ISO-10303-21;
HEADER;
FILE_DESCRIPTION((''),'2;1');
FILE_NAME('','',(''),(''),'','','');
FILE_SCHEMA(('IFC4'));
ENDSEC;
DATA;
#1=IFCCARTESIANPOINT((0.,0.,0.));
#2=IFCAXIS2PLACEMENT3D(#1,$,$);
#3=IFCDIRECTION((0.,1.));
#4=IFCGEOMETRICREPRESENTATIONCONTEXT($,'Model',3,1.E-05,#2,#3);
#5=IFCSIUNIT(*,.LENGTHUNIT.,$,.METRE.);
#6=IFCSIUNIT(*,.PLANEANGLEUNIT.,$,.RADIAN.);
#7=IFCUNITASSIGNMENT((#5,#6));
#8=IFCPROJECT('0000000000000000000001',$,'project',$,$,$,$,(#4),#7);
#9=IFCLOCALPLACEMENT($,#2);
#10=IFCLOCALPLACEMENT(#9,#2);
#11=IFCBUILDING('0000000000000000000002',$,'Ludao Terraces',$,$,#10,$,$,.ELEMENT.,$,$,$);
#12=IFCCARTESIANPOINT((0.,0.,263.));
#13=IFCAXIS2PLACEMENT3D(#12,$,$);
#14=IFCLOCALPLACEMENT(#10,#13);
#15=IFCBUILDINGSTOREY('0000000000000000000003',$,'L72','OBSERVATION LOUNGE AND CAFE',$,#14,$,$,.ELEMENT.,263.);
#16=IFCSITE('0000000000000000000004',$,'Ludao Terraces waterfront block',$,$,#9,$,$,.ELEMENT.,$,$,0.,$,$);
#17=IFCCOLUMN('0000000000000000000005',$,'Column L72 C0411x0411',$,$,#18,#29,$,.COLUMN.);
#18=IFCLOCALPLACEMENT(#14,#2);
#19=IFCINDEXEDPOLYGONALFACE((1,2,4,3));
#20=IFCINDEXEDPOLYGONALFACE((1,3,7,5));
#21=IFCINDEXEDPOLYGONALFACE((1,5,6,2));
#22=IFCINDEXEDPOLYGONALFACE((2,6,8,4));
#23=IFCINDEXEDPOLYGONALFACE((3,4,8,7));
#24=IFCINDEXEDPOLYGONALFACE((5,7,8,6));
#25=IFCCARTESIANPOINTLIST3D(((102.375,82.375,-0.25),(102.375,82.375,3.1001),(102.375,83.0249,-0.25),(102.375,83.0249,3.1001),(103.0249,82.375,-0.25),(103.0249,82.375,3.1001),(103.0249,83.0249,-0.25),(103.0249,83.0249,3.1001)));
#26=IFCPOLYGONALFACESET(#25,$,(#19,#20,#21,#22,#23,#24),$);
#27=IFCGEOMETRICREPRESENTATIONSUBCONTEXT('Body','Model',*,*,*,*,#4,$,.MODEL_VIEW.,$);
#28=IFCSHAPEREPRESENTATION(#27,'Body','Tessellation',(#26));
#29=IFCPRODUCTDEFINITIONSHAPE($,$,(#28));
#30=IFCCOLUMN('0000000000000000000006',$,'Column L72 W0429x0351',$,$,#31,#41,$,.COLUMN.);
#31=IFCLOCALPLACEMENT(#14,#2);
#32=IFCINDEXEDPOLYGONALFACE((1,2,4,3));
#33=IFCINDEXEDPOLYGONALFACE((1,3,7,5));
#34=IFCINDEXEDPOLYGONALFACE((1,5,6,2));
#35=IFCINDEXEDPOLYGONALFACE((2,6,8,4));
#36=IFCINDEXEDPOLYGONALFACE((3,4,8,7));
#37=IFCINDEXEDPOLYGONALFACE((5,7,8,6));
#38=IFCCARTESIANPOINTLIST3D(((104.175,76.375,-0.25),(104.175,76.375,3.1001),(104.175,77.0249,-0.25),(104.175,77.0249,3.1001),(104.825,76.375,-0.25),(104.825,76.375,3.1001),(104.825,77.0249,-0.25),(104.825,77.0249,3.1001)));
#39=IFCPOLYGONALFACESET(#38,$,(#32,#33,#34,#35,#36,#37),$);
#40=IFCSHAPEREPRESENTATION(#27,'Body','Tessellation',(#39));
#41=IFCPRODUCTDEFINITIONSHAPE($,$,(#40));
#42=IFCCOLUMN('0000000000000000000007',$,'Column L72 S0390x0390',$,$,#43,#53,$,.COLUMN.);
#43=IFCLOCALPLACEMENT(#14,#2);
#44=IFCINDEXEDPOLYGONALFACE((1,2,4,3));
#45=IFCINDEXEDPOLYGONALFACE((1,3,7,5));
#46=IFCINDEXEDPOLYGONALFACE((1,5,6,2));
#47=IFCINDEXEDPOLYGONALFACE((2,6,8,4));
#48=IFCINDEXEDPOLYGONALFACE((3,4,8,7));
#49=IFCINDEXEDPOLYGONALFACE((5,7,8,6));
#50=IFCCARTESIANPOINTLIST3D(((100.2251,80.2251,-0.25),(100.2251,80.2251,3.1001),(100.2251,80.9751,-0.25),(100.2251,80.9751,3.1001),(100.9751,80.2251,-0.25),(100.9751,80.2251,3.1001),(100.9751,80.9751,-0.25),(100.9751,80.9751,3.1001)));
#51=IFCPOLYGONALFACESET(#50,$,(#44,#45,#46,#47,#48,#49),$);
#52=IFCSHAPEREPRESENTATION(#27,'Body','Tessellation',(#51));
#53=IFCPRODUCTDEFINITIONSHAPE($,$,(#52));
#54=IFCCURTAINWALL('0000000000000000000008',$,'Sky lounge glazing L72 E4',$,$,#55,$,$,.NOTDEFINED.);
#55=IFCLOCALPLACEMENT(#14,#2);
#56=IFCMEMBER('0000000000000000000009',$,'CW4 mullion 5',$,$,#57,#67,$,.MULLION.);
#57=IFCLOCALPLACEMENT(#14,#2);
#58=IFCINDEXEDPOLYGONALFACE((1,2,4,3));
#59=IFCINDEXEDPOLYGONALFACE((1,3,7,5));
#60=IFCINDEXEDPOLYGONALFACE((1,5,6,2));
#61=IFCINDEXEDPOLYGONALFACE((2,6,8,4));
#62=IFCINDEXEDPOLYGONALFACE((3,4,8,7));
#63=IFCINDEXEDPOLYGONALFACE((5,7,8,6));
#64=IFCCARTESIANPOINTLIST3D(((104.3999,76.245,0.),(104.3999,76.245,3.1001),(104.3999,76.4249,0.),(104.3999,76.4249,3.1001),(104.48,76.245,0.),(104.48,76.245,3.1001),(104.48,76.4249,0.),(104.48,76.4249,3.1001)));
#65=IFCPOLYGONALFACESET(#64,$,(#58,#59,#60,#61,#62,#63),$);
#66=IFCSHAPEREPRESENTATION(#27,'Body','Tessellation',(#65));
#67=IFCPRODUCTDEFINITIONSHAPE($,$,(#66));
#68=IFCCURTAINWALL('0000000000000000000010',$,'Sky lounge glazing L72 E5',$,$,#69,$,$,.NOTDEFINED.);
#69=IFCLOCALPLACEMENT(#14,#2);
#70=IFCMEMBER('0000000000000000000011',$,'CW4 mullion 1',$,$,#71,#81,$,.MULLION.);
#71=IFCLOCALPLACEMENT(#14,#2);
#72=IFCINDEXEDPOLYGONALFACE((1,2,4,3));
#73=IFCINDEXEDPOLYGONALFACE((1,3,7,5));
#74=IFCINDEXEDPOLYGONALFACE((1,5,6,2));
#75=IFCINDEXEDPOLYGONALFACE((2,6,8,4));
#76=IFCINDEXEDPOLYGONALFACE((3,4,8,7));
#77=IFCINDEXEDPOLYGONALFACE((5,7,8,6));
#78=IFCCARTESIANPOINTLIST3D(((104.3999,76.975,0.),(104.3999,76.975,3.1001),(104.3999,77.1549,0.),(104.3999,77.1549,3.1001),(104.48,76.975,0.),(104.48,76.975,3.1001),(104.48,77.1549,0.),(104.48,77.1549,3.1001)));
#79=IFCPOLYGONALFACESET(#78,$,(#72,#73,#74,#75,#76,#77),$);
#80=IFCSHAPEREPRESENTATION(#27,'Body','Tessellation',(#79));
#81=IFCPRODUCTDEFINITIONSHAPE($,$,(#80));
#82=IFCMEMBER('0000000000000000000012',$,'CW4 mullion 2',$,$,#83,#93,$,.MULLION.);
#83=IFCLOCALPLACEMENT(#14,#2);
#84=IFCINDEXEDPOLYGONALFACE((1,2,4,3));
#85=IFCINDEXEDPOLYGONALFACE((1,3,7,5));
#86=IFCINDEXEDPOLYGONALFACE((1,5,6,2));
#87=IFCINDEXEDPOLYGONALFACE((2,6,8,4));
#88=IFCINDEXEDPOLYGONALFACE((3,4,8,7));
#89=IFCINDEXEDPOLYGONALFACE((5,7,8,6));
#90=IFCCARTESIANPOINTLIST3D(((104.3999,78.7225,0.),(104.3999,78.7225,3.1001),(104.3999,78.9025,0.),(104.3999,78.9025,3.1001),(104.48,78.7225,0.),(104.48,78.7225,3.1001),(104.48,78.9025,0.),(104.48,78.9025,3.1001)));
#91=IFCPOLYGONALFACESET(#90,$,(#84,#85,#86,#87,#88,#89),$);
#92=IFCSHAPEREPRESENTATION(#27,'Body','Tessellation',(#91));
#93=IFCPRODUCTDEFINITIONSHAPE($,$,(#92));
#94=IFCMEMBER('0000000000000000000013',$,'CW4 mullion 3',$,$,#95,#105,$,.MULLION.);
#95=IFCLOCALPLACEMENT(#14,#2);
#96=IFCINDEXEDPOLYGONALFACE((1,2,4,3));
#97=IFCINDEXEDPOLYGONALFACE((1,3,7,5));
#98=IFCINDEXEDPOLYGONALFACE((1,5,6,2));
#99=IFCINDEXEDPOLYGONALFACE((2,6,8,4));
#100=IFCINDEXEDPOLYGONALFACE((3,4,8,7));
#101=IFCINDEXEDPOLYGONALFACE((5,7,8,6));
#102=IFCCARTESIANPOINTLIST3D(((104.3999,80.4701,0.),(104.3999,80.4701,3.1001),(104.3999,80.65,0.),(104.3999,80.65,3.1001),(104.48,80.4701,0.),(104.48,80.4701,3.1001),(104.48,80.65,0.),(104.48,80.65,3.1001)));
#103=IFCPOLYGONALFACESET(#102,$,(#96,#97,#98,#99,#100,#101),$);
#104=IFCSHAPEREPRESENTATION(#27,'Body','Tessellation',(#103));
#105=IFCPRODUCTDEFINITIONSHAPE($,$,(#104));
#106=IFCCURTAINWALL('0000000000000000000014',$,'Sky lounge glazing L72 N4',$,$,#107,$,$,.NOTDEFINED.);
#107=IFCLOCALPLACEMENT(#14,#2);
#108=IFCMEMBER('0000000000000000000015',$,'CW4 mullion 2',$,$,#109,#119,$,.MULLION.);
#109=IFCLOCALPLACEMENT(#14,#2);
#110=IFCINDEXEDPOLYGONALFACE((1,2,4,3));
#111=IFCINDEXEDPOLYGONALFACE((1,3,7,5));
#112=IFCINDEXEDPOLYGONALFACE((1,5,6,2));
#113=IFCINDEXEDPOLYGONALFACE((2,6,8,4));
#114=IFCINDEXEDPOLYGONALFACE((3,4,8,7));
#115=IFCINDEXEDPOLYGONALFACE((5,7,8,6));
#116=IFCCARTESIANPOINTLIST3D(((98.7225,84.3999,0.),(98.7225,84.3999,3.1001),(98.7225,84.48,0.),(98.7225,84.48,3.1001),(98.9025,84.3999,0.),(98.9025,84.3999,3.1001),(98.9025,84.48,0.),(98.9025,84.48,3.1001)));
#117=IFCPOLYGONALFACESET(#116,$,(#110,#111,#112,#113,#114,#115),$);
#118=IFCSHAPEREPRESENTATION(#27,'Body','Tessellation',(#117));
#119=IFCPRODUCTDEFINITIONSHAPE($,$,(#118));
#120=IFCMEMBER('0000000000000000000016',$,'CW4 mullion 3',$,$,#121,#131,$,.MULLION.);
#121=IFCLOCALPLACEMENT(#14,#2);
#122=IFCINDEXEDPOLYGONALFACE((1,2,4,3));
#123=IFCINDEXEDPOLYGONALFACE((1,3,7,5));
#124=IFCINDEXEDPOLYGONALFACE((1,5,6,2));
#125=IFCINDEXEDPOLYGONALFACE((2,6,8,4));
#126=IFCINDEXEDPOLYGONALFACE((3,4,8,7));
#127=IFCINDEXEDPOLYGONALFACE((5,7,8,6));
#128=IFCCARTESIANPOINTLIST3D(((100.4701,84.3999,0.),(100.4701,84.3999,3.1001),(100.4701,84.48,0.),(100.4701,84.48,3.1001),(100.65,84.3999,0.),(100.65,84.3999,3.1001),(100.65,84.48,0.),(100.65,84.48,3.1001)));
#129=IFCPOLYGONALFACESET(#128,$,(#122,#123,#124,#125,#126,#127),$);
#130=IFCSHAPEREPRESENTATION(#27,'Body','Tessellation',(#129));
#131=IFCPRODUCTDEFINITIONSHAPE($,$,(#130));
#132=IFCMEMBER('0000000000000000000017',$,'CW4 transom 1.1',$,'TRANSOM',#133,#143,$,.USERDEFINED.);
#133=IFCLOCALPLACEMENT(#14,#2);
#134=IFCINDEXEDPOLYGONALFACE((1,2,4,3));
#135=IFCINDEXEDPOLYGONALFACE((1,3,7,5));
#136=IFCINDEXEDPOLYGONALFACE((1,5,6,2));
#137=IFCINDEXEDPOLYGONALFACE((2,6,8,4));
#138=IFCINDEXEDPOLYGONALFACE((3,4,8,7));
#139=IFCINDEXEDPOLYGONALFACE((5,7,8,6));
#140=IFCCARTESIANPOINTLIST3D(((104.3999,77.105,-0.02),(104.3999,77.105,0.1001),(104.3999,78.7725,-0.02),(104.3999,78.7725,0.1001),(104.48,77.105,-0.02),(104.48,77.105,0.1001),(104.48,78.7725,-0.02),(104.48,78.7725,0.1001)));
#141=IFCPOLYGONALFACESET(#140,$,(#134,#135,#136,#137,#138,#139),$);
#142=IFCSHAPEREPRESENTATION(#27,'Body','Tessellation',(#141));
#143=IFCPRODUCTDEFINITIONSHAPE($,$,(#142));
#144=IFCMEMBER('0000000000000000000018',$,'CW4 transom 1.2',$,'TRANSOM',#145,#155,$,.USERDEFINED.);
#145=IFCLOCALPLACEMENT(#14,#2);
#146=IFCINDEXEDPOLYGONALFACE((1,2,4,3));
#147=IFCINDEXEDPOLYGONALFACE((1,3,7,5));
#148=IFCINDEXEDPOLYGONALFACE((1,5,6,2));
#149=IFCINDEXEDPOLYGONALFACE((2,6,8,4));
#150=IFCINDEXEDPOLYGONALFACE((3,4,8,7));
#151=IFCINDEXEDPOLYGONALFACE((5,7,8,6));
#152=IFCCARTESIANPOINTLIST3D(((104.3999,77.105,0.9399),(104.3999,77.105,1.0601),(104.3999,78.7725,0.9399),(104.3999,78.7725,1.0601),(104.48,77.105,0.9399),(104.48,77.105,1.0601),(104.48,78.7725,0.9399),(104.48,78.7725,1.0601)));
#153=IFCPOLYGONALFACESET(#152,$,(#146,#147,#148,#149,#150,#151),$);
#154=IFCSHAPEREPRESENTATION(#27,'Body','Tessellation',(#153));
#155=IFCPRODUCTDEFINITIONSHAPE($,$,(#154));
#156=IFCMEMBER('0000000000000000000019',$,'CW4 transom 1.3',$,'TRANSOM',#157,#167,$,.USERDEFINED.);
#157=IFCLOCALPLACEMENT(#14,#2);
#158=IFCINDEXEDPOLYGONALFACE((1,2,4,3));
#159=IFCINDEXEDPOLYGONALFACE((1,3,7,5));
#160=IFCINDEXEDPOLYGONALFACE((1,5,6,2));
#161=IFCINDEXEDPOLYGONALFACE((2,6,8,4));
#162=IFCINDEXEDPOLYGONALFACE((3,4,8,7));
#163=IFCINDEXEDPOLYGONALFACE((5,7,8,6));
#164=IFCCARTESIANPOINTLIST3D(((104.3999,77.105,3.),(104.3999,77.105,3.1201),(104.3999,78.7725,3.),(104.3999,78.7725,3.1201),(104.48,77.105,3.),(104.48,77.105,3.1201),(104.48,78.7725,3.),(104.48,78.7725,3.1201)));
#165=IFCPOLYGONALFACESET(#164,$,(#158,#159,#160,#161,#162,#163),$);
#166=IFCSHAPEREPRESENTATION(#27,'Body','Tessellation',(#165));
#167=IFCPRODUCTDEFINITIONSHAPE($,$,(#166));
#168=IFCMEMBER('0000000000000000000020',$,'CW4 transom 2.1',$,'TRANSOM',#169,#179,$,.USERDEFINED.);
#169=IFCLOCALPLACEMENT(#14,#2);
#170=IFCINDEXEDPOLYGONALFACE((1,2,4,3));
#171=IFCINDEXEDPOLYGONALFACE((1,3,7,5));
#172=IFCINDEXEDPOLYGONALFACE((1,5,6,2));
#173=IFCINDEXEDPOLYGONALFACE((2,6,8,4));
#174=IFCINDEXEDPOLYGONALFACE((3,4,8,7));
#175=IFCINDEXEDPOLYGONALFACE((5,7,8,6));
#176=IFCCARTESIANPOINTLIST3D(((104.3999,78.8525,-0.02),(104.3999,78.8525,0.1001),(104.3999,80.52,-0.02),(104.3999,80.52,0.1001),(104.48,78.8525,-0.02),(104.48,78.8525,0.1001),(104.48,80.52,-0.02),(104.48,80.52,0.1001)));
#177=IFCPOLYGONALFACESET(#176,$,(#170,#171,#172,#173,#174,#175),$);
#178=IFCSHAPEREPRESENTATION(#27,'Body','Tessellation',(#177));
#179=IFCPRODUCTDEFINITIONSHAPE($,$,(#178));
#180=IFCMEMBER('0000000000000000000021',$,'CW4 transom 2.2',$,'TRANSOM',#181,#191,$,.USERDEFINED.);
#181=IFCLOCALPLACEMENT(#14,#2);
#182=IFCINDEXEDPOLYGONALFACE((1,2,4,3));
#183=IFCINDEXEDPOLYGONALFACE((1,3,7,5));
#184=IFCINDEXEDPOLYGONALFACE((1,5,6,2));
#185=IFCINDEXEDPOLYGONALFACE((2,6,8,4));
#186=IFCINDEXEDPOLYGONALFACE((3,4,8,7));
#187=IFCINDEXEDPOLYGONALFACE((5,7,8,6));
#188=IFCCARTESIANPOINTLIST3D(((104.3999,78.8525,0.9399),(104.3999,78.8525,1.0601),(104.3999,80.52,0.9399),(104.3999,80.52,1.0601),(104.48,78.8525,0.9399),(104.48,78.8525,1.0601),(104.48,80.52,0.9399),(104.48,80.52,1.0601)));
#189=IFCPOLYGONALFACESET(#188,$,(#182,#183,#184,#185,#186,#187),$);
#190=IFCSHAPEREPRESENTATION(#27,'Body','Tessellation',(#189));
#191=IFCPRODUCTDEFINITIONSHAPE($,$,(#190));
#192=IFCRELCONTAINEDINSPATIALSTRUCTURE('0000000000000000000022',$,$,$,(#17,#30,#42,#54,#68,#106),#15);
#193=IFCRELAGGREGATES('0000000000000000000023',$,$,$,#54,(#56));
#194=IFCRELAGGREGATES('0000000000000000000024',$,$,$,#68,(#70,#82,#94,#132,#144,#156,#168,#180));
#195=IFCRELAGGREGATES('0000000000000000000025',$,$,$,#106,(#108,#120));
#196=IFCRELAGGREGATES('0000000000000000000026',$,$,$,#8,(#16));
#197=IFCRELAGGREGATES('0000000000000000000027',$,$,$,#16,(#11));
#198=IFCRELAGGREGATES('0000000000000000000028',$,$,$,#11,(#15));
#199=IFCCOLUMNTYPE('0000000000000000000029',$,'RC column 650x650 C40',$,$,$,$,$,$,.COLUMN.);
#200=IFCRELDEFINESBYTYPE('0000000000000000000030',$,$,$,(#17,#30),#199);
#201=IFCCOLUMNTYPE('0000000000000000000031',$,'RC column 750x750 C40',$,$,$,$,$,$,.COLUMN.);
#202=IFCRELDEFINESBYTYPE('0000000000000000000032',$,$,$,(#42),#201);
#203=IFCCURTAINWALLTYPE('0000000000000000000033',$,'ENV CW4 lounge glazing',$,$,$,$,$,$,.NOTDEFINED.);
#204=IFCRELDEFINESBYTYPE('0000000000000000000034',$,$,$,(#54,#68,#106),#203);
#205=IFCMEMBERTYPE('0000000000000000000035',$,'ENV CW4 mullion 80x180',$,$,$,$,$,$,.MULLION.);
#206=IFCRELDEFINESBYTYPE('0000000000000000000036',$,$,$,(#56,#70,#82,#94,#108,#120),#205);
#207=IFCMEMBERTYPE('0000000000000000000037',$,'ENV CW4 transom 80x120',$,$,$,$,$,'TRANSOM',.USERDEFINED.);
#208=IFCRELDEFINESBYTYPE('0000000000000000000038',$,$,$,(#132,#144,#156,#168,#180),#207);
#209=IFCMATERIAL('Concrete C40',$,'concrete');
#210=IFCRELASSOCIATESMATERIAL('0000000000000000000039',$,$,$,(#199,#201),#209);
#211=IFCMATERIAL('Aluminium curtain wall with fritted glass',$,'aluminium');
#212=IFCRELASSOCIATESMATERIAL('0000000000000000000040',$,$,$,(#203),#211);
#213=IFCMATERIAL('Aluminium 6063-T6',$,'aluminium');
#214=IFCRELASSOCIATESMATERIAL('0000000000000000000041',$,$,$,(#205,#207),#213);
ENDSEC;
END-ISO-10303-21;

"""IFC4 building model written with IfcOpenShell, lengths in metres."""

from ifc_helpers import new_model, si_unit, direction, frame, origin, origin_2d, place, context, subcontext, project, spatial, rectangle, extrude, material, material_profile, profile_set, type_object, element, aggregate, save


model = new_model("IFC4")

# Units and contexts
model_context = context("Model", 3, precision=1e-05, world=origin(), true_north=direction((0.0, 1.0)))
body_context = subcontext(model_context, "Body", "Model", "MODEL_VIEW")
ifc_project = project(units=[si_unit("LENGTHUNIT", "METRE"), si_unit("PLANEANGLEUNIT", "RADIAN")], contexts=[model_context])

# Site, building, storey
site_placement = place(None, origin())
site = spatial("IfcSite", under=ifc_project, at=site_placement, Name="Ludao Terraces waterfront block", CompositionType="ELEMENT", RefElevation=0.0)
building_placement = place(site_placement, origin())
building = spatial("IfcBuilding", under=site, at=building_placement, Name="Ludao Terraces", CompositionType="ELEMENT")
storey_placement = place(building_placement, frame((0.0, 0.0, 263.0)))
storey = spatial("IfcBuildingStorey", under=building, at=storey_placement, Name="L72", Description="OBSERVATION LOUNGE AND CAFE", CompositionType="ELEMENT", Elevation=263.0)

# Columns
ifc_material_1 = material(Name="Concrete C40", Category="concrete")
ifc_material_profile_1 = material_profile(ifc_material_1, rectangle(XDim=0.6499, YDim=0.6499, at=origin_2d()), Name="650 X 650")
ifc_profile_set_1 = profile_set([ifc_material_profile_1], Name="Concrete C40")
column_type_1 = type_object("IfcColumnType", Name="RC column 650x650 C40", PredefinedType="COLUMN", material=ifc_profile_set_1)
for number, where, z_axis, x_axis, name in (
    (1, (102.7, 82.7, -0.25), (0.0, 0.0, 1.0), (1.0, 0.0, 0.0), "Column L72 C0411x0411"),
    (2, (104.5, 76.7, -0.25), (0.0, 0.0, 1.0), (1.0, 0.0, 0.0), "Column L72 W0429x0351"),
):
    element("IfcColumn", number, at=place(storey_placement, frame(where, z_axis=z_axis, x_axis=x_axis)), inside=storey, type_object=column_type_1, Name=name, PredefinedType="COLUMN", context=body_context, shape_type="SweptSolid", body=[
        extrude(rectangle(XDim=0.6499, YDim=0.6499, at=origin_2d()), origin(), (0.0, 0.0, 1.0), 3.3501),
    ])
ifc_material_profile_2 = material_profile(ifc_material_1, rectangle(XDim=0.75, YDim=0.75, at=origin_2d()), Name="750 X 750")
ifc_profile_set_2 = profile_set([ifc_material_profile_2], Name="Concrete C40")
column_type_2 = type_object("IfcColumnType", Name="RC column 750x750 C40", PredefinedType="COLUMN", material=ifc_profile_set_2)
column_placement = place(storey_placement, frame((100.6001, 80.6001, -0.25), z_axis=(0.0, 0.0, 1.0), x_axis=(1.0, 0.0, 0.0)))
element("IfcColumn", 3, at=column_placement, inside=storey, type_object=column_type_2, Name="Column L72 S0390x0390", PredefinedType="COLUMN", context=body_context, shape_type="SweptSolid", body=[
    extrude(rectangle(XDim=0.75, YDim=0.75, at=origin_2d()), origin(), (0.0, 0.0, 1.0), 3.3501),
])

# Curtain wall, member
ifc_material_2 = material(Name="Aluminium curtain wall with fritted glass", Category="aluminium")
curtain_wall_type = type_object("IfcCurtainWallType", Name="ENV CW4 lounge glazing", PredefinedType="NOTDEFINED", material=ifc_material_2)
curtain_wall_1_placement = place(storey_placement, origin())
curtain_wall_1 = element("IfcCurtainWall", 4, at=curtain_wall_1_placement, inside=storey, type_object=curtain_wall_type, Name="Sky lounge glazing L72 E4", PredefinedType="NOTDEFINED")
ifc_material_3 = material(Name="Aluminium 6063-T6", Category="aluminium")
ifc_material_profile_3 = material_profile(ifc_material_3, rectangle(XDim=0.0801, YDim=0.1799, at=origin_2d()), Name="80 X 180")
ifc_profile_set_3 = profile_set([ifc_material_profile_3], Name="Aluminium 6063-T6")
member_type_1 = type_object("IfcMemberType", Name="ENV CW4 mullion 80x180", PredefinedType="MULLION", material=ifc_profile_set_3)
member_1_placement = place(storey_placement, frame((104.4399, 76.335, 0.0), z_axis=(0.0, 0.0, 1.0), x_axis=(-1.0, 0.0, 0.0)))
member_1 = element("IfcMember", 5, at=member_1_placement, type_object=member_type_1, Name="CW4 mullion 5", PredefinedType="MULLION", context=body_context, shape_type="SweptSolid", body=[
    extrude(rectangle(XDim=0.0801, YDim=0.1799, at=origin_2d()), origin(), (0.0, 0.0, 1.0), 3.1001),
])
aggregate(curtain_wall_1, [member_1])

# Curtain walls, members
curtain_wall_2_placement = place(storey_placement, origin())
curtain_wall_2 = element("IfcCurtainWall", 6, at=curtain_wall_2_placement, inside=storey, type_object=curtain_wall_type, Name="Sky lounge glazing L72 E5", PredefinedType="NOTDEFINED")
member_2_placement = place(storey_placement, frame((104.4399, 77.0649, 0.0), z_axis=(0.0, 0.0, 1.0), x_axis=(-1.0, 0.0, 0.0)))
member_2 = element("IfcMember", 7, at=member_2_placement, type_object=member_type_1, Name="CW4 mullion 1", PredefinedType="MULLION", context=body_context, shape_type="SweptSolid", body=[
    extrude(rectangle(XDim=0.0801, YDim=0.1799, at=origin_2d()), origin(), (0.0, 0.0, 1.0), 3.1001),
])
member_3_placement = place(storey_placement, frame((104.4399, 78.8125, 0.0), z_axis=(0.0, 0.0, 1.0), x_axis=(-1.0, 0.0, 0.0)))
member_3 = element("IfcMember", 8, at=member_3_placement, type_object=member_type_1, Name="CW4 mullion 2", PredefinedType="MULLION", context=body_context, shape_type="SweptSolid", body=[
    extrude(rectangle(XDim=0.0801, YDim=0.1799, at=origin_2d()), origin(), (0.0, 0.0, 1.0), 3.1001),
])
member_4_placement = place(storey_placement, frame((104.4399, 80.5601, 0.0), z_axis=(0.0, 0.0, 1.0), x_axis=(-1.0, 0.0, 0.0)))
member_4 = element("IfcMember", 9, at=member_4_placement, type_object=member_type_1, Name="CW4 mullion 3", PredefinedType="MULLION", context=body_context, shape_type="SweptSolid", body=[
    extrude(rectangle(XDim=0.0801, YDim=0.1799, at=origin_2d()), origin(), (0.0, 0.0, 1.0), 3.1001),
])
curtain_wall_3_placement = place(storey_placement, origin())
curtain_wall_3 = element("IfcCurtainWall", 10, at=curtain_wall_3_placement, inside=storey, type_object=curtain_wall_type, Name="Sky lounge glazing L72 N4", PredefinedType="NOTDEFINED")
member_5_placement = place(storey_placement, frame((98.8125, 84.4399, 0.0), z_axis=(0.0, 0.0, 1.0), x_axis=(0.0, 1.0, 0.0)))
member_5 = element("IfcMember", 11, at=member_5_placement, type_object=member_type_1, Name="CW4 mullion 2", PredefinedType="MULLION", context=body_context, shape_type="SweptSolid", body=[
    extrude(rectangle(XDim=0.0801, YDim=0.1799, at=origin_2d()), origin(), (0.0, 0.0, 1.0), 3.1001),
])
member_6_placement = place(storey_placement, frame((100.5601, 84.4399, 0.0), z_axis=(0.0, 0.0, 1.0), x_axis=(0.0, 1.0, 0.0)))
member_6 = element("IfcMember", 12, at=member_6_placement, type_object=member_type_1, Name="CW4 mullion 3", PredefinedType="MULLION", context=body_context, shape_type="SweptSolid", body=[
    extrude(rectangle(XDim=0.0801, YDim=0.1799, at=origin_2d()), origin(), (0.0, 0.0, 1.0), 3.1001),
])

# Members
ifc_material_profile_4 = material_profile(ifc_material_3, rectangle(XDim=0.0801, YDim=0.1201, at=origin_2d()), Name="80 X 120")
ifc_profile_set_4 = profile_set([ifc_material_profile_4], Name="Aluminium 6063-T6")
member_type_2 = type_object("IfcMemberType", Name="ENV CW4 transom 80x120", ElementType="TRANSOM", PredefinedType="USERDEFINED", material=ifc_profile_set_4)
member_7_placement = place(storey_placement, frame((104.4399, 77.105, 0.04), z_axis=(0.0, 1.0, 0.0), x_axis=(-1.0, 0.0, 0.0)))
member_7 = element("IfcMember", 13, at=member_7_placement, type_object=member_type_2, Name="CW4 transom 1.1", ObjectType="TRANSOM", PredefinedType="USERDEFINED", context=body_context, shape_type="SweptSolid", body=[
    extrude(rectangle(XDim=0.0801, YDim=0.1201, at=origin_2d()), origin(), (0.0, 0.0, 1.0), 1.6675),
])
member_8_placement = place(storey_placement, frame((104.4399, 77.105, 1.0), z_axis=(0.0, 1.0, 0.0), x_axis=(-1.0, 0.0, 0.0)))
member_8 = element("IfcMember", 14, at=member_8_placement, type_object=member_type_2, Name="CW4 transom 1.2", ObjectType="TRANSOM", PredefinedType="USERDEFINED", context=body_context, shape_type="SweptSolid", body=[
    extrude(rectangle(XDim=0.0801, YDim=0.1201, at=origin_2d()), origin(), (0.0, 0.0, 1.0), 1.6675),
])
member_9_placement = place(storey_placement, frame((104.4399, 77.105, 3.0601), z_axis=(0.0, 1.0, 0.0), x_axis=(-1.0, 0.0, 0.0)))
member_9 = element("IfcMember", 15, at=member_9_placement, type_object=member_type_2, Name="CW4 transom 1.3", ObjectType="TRANSOM", PredefinedType="USERDEFINED", context=body_context, shape_type="SweptSolid", body=[
    extrude(rectangle(XDim=0.0801, YDim=0.1201, at=origin_2d()), origin(), (0.0, 0.0, 1.0), 1.6675),
])
member_10_placement = place(storey_placement, frame((104.4399, 78.8525, 0.04), z_axis=(0.0, 1.0, 0.0), x_axis=(-1.0, 0.0, 0.0)))
member_10 = element("IfcMember", 16, at=member_10_placement, type_object=member_type_2, Name="CW4 transom 2.1", ObjectType="TRANSOM", PredefinedType="USERDEFINED", context=body_context, shape_type="SweptSolid", body=[
    extrude(rectangle(XDim=0.0801, YDim=0.1201, at=origin_2d()), origin(), (0.0, 0.0, 1.0), 1.6675),
])
member_11_placement = place(storey_placement, frame((104.4399, 78.8525, 1.0), z_axis=(0.0, 1.0, 0.0), x_axis=(-1.0, 0.0, 0.0)))
member_11 = element("IfcMember", 17, at=member_11_placement, type_object=member_type_2, Name="CW4 transom 2.2", ObjectType="TRANSOM", PredefinedType="USERDEFINED", context=body_context, shape_type="SweptSolid", body=[
    extrude(rectangle(XDim=0.0801, YDim=0.1201, at=origin_2d()), origin(), (0.0, 0.0, 1.0), 1.6675),
])

aggregate(curtain_wall_2, [member_2, member_3, member_4, member_7, member_8, member_9, member_10, member_11])
aggregate(curtain_wall_3, [member_5, member_6])

save(model, "model.ifc")
